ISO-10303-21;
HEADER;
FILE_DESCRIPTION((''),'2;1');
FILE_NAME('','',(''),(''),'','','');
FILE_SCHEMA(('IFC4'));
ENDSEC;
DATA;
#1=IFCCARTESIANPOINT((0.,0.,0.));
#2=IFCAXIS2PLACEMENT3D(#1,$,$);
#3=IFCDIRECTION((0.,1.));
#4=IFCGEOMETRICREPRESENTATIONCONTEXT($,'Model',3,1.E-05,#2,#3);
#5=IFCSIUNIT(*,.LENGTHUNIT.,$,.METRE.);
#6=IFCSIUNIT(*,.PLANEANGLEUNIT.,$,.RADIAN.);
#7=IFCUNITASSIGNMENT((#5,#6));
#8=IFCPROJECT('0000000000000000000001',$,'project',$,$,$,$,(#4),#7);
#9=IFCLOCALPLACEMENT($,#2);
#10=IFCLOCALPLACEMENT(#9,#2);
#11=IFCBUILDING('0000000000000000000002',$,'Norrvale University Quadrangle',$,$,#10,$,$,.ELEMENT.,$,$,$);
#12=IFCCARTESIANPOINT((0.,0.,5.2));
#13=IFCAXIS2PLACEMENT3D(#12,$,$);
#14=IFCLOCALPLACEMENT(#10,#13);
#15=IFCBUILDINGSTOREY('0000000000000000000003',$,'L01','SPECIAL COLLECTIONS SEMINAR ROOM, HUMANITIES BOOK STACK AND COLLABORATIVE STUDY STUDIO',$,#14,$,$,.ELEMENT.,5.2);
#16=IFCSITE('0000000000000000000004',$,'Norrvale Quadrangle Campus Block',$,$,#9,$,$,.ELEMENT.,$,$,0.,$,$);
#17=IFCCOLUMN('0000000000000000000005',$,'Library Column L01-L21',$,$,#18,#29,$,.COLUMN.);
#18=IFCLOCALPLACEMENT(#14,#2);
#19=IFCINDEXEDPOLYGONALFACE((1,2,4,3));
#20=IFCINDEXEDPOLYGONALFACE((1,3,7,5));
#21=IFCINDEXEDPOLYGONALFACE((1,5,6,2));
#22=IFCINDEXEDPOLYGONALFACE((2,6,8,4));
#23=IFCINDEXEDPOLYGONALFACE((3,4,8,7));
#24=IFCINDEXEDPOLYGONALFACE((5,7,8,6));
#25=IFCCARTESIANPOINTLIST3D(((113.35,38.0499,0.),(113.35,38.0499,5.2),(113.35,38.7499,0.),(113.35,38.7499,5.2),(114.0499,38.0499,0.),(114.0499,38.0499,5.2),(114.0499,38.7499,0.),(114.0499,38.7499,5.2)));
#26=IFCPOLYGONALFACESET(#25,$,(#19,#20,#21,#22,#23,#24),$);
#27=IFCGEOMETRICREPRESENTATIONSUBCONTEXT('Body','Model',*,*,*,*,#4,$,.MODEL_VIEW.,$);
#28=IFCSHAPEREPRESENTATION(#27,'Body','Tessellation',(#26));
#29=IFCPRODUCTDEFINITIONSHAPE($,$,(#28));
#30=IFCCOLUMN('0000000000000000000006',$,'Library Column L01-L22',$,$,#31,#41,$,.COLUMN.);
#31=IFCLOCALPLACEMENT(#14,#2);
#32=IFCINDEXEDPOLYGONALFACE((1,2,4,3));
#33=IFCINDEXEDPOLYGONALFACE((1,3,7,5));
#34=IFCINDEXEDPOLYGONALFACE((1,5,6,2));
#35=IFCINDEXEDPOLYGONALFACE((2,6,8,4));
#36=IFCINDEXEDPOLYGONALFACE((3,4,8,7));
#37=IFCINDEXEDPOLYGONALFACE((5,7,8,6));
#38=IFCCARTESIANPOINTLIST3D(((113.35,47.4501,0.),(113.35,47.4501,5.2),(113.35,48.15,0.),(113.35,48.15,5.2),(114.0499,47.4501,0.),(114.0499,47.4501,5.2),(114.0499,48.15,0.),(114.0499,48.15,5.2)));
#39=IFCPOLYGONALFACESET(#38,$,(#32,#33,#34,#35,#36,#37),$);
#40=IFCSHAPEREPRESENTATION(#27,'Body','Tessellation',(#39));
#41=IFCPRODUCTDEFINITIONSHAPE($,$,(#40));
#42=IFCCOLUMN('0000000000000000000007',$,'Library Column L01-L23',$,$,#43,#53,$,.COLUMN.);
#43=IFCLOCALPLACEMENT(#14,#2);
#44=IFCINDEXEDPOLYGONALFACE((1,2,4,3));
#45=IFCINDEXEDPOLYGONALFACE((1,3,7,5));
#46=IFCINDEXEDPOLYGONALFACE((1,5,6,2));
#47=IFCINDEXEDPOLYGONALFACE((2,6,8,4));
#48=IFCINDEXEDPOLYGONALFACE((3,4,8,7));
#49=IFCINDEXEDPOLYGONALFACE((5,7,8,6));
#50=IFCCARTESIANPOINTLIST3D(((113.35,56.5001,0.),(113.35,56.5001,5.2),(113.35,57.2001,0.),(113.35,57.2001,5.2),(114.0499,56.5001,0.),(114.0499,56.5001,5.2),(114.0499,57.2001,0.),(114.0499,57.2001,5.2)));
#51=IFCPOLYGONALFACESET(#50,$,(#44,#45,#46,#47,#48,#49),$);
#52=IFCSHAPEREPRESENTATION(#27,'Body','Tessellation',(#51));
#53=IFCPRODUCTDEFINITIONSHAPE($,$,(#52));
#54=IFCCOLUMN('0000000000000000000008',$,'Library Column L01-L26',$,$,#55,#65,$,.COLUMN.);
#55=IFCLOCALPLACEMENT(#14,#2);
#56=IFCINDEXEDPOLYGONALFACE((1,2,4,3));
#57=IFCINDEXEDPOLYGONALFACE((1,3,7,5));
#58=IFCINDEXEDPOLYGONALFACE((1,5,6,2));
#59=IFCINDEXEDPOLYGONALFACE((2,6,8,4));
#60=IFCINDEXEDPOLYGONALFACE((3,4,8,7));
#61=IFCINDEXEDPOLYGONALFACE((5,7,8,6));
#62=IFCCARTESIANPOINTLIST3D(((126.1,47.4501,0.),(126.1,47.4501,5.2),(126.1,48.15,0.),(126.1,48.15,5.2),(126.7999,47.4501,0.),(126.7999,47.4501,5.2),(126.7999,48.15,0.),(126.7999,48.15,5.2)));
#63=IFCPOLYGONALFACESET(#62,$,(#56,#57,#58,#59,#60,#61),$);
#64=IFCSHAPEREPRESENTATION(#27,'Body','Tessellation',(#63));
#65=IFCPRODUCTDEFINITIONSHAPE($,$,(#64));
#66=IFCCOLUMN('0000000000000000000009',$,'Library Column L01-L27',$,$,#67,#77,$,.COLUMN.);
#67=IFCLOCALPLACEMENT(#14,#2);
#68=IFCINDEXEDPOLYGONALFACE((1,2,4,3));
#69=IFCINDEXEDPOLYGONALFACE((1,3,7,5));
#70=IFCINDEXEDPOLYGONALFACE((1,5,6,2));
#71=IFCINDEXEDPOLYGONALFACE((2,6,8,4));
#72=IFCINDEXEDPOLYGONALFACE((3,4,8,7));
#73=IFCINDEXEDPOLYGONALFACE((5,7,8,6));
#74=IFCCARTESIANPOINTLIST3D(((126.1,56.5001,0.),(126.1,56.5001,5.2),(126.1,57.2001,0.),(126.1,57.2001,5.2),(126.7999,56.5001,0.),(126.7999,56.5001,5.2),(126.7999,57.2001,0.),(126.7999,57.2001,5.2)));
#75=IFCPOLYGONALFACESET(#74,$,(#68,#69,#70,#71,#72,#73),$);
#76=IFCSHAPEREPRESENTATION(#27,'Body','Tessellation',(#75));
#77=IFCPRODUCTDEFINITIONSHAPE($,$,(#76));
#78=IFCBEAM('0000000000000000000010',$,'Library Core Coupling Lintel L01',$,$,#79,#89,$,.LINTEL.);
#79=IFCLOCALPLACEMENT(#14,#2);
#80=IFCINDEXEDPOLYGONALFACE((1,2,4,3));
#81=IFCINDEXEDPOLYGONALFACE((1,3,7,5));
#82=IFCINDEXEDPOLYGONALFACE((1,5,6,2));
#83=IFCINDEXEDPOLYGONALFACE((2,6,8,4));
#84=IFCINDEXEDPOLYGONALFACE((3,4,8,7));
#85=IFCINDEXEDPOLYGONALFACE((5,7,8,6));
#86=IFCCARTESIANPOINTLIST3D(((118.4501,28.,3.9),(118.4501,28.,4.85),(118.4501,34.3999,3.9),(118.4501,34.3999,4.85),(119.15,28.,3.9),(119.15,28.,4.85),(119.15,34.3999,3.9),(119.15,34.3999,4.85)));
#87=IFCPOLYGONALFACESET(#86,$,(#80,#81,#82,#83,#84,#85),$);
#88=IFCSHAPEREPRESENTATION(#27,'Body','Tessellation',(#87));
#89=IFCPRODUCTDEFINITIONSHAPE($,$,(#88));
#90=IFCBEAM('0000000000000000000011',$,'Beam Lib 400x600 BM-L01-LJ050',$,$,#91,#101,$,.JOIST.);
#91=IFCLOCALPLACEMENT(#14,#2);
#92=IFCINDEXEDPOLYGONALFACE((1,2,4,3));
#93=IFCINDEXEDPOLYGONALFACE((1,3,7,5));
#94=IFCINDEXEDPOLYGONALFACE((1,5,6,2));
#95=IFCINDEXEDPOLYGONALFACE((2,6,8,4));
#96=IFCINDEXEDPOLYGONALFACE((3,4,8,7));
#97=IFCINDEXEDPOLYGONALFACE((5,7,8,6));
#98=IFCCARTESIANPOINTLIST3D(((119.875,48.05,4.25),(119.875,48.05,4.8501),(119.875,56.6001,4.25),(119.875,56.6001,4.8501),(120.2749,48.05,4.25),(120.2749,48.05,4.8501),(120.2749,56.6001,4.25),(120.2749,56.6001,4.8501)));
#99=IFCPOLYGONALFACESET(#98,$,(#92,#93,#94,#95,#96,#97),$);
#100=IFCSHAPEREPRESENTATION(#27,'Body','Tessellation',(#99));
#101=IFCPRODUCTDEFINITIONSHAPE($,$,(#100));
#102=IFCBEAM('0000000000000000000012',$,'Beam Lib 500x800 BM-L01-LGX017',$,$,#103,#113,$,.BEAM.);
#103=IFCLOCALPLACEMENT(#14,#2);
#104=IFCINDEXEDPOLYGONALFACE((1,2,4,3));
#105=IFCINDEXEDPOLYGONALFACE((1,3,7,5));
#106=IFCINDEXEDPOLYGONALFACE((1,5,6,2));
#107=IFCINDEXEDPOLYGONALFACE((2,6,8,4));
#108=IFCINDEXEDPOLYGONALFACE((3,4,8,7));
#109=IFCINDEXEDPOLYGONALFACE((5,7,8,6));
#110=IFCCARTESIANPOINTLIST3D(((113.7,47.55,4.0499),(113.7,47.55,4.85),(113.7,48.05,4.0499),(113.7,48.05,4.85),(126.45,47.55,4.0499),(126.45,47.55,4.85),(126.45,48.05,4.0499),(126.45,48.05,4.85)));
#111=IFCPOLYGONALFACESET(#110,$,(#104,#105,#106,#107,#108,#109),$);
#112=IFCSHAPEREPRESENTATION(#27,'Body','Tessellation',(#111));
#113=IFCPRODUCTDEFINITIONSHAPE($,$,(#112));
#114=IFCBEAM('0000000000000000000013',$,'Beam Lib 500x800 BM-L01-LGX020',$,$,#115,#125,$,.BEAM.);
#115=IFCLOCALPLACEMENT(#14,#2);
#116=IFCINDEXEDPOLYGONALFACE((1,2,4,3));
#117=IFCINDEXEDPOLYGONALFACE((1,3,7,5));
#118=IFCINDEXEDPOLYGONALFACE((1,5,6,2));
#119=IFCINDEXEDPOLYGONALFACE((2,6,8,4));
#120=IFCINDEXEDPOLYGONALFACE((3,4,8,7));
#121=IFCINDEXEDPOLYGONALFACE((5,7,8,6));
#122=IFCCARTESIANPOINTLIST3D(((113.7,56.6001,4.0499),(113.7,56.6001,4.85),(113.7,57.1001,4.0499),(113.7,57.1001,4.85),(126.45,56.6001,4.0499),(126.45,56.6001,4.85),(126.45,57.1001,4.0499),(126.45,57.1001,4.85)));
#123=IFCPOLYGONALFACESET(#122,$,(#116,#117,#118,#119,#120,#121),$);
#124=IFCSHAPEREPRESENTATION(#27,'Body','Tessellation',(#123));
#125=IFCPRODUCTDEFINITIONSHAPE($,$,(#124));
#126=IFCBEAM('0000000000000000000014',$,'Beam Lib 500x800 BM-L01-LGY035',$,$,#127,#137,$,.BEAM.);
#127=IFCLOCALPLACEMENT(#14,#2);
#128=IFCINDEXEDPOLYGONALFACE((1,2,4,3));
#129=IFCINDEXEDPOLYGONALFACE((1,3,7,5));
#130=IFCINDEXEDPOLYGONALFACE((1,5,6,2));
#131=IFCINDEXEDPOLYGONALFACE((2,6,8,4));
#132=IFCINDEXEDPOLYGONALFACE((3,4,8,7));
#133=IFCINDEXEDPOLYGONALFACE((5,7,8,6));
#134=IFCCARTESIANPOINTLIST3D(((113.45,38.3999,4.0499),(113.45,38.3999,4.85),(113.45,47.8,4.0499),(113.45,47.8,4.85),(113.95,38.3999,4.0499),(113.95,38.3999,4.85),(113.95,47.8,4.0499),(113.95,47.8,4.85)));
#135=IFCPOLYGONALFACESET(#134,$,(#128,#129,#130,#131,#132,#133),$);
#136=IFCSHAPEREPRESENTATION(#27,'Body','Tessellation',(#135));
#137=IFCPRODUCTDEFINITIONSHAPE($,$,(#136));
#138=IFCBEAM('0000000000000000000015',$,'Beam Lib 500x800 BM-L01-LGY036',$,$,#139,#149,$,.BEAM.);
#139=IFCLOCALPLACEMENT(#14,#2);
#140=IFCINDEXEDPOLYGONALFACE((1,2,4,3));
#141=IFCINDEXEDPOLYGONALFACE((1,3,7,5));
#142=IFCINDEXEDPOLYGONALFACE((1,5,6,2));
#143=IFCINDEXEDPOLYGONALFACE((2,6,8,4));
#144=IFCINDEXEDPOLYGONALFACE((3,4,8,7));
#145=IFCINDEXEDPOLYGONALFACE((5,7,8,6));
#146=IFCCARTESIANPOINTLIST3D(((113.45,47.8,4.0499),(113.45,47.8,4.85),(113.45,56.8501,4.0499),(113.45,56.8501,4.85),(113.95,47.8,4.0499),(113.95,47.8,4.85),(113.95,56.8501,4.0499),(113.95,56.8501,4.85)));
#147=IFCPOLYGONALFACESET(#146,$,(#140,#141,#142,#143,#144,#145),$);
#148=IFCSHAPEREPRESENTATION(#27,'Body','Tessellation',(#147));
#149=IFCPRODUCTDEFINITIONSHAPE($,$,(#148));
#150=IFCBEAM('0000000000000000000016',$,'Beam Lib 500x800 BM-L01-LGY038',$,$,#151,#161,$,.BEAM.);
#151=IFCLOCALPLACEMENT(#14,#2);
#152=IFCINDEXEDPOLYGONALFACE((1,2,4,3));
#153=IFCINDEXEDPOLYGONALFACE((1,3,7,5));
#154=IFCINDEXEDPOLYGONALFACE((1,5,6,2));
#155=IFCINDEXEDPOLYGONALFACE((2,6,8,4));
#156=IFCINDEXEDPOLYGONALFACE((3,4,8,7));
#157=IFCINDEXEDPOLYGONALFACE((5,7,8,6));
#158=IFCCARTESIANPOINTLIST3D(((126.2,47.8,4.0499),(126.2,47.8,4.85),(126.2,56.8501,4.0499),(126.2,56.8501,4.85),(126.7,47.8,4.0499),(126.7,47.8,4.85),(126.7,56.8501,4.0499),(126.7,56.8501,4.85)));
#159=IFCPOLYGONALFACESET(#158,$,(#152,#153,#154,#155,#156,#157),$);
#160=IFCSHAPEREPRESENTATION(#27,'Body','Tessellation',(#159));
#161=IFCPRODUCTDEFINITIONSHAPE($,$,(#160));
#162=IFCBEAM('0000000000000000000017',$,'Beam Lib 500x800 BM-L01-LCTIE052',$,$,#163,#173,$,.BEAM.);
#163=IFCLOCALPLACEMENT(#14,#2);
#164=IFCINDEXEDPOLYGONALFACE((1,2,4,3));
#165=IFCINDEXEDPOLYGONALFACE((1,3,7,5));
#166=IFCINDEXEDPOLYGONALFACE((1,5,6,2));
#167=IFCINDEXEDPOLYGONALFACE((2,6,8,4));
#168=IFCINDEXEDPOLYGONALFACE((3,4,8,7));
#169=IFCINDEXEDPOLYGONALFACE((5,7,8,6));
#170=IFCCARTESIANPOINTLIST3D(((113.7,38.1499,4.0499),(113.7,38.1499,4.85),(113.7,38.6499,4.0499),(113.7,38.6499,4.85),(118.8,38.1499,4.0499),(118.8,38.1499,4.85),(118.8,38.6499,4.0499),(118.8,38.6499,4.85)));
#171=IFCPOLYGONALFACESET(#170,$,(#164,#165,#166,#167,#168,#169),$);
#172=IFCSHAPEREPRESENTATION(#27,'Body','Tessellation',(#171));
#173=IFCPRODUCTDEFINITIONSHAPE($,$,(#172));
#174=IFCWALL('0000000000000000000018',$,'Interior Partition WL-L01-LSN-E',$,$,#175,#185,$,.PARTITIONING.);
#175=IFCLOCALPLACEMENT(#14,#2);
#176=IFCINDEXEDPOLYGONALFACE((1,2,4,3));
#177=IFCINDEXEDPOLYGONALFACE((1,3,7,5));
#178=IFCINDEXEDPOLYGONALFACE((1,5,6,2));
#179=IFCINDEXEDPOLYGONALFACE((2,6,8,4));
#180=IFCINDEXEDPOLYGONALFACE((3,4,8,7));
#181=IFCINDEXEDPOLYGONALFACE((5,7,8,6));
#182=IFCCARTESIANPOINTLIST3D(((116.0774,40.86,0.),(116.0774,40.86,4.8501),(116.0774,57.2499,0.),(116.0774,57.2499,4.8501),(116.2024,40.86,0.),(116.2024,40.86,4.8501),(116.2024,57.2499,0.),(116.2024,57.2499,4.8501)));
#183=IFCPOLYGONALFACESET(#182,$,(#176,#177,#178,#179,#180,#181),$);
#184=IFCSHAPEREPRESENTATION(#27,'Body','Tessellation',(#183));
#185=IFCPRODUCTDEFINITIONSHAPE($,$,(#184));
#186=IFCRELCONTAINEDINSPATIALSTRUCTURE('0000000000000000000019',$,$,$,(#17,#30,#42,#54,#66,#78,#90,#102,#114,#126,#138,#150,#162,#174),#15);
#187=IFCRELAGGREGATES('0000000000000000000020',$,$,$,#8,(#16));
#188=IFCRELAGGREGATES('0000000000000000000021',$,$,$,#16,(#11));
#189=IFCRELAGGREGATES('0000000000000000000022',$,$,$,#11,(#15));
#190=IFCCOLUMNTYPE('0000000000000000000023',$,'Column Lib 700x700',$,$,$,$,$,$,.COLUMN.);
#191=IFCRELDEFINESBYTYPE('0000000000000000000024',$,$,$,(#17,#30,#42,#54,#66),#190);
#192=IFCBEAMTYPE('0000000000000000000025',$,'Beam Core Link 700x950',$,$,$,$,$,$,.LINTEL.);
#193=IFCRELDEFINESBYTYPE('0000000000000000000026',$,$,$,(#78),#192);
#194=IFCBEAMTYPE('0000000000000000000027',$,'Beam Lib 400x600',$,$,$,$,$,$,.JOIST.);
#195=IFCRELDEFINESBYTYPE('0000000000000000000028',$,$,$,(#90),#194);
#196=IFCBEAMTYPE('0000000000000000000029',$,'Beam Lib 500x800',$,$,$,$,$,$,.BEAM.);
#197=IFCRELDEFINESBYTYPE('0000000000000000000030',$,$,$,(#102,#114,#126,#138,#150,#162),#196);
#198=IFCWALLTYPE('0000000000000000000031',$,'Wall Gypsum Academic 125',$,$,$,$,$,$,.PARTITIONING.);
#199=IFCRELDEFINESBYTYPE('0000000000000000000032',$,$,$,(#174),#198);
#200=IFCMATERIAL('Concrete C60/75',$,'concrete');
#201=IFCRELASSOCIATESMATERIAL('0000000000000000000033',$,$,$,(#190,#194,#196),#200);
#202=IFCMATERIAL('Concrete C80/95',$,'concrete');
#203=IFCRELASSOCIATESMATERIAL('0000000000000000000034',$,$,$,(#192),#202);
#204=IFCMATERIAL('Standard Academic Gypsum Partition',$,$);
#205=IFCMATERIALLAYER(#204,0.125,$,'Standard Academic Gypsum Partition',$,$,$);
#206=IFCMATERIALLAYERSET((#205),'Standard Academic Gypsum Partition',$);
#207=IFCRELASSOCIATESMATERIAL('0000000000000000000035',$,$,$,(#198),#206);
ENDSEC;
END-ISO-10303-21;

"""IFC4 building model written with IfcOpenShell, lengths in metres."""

from ifc_helpers import new_model, si_unit, direction, frame, frame_2d, origin, origin_2d, place, context, subcontext, project, spatial, rectangle, extrude, material, layer, layer_set, material_profile, profile_set, type_object, element, save


model = new_model("IFC4")

# Units and contexts
model_context = context("Model", 3, precision=1e-05, world=origin(), true_north=direction((0.0, 1.0)))
body_context = subcontext(model_context, "Body", "Model", "MODEL_VIEW")
ifc_project = project(units=[si_unit("LENGTHUNIT", "METRE"), si_unit("PLANEANGLEUNIT", "RADIAN")], contexts=[model_context])

# Site, building, storey
site_placement = place(None, origin())
site = spatial("IfcSite", under=ifc_project, at=site_placement, Name="Norrvale Quadrangle Campus Block", CompositionType="ELEMENT", RefElevation=0.0)
building_placement = place(site_placement, origin())
building = spatial("IfcBuilding", under=site, at=building_placement, Name="Norrvale University Quadrangle", CompositionType="ELEMENT")
storey_placement = place(building_placement, frame((0.0, 0.0, 5.2)))
storey = spatial("IfcBuildingStorey", under=building, at=storey_placement, Name="L01", Description="SPECIAL COLLECTIONS SEMINAR ROOM, HUMANITIES BOOK STACK AND COLLABORATIVE STUDY STUDIO", CompositionType="ELEMENT", Elevation=5.2)

# Columns
ifc_material_1 = material(Name="Concrete C60/75", Category="concrete")
ifc_material_profile_1 = material_profile(ifc_material_1, rectangle(XDim=0.7, YDim=0.7, at=origin_2d()), Name="Concrete C60/75")
ifc_profile_set_1 = profile_set([ifc_material_profile_1], Name="Concrete C60/75")
column_type = type_object("IfcColumnType", Name="Column Lib 700x700", PredefinedType="COLUMN", material=ifc_profile_set_1)
for number, where, z_axis, x_axis, name in (
    (1, (113.7, 38.3999, 0.0), (0.0, 0.0, 1.0), (1.0, 0.0, 0.0), "Library Column L01-L21"),
    (2, (113.7, 47.8, 0.0), (0.0, 0.0, 1.0), (1.0, 0.0, 0.0), "Library Column L01-L22"),
    (3, (113.7, 56.8501, 0.0), (0.0, 0.0, 1.0), (1.0, 0.0, 0.0), "Library Column L01-L23"),
    (4, (126.45, 47.8, 0.0), (0.0, 0.0, 1.0), (1.0, 0.0, 0.0), "Library Column L01-L26"),
    (5, (126.45, 56.8501, 0.0), (0.0, 0.0, 1.0), (1.0, 0.0, 0.0), "Library Column L01-L27"),
):
    element("IfcColumn", number, at=place(storey_placement, frame(where, z_axis=z_axis, x_axis=x_axis)), inside=storey, type_object=column_type, Name=name, PredefinedType="COLUMN", context=body_context, shape_type="SweptSolid", body=[
        extrude(rectangle(XDim=0.7, YDim=0.7, at=origin_2d()), origin(), (0.0, 0.0, 1.0), 5.2),
    ])

# Beams
ifc_material_2 = material(Name="Concrete C80/95", Category="concrete")
ifc_material_profile_2 = material_profile(ifc_material_2, rectangle(XDim=0.7, YDim=0.95, at=origin_2d()), Name="Concrete C80/95")
ifc_profile_set_2 = profile_set([ifc_material_profile_2], Name="Concrete C80/95")
beam_type_1 = type_object("IfcBeamType", Name="Beam Core Link 700x950", PredefinedType="LINTEL", material=ifc_profile_set_2)
beam_1_placement = place(storey_placement, frame((118.8, 28.0, 4.375), z_axis=(0.0, 1.0, 0.0), x_axis=(-1.0, 0.0, 0.0)))
element("IfcBeam", 6, at=beam_1_placement, inside=storey, type_object=beam_type_1, Name="Library Core Coupling Lintel L01", PredefinedType="LINTEL", context=body_context, shape_type="SweptSolid", body=[
    extrude(rectangle(XDim=0.7, YDim=0.95, at=origin_2d()), origin(), (0.0, 0.0, 1.0), 6.3999),
])
ifc_material_profile_3 = material_profile(ifc_material_1, rectangle(XDim=0.3999, YDim=0.6001, at=origin_2d()), Name="Concrete C60/75")
ifc_profile_set_3 = profile_set([ifc_material_profile_3], Name="Concrete C60/75")
beam_type_2 = type_object("IfcBeamType", Name="Beam Lib 400x600", PredefinedType="JOIST", material=ifc_profile_set_3)
beam_2_placement = place(storey_placement, frame((120.075, 48.05, 4.55), z_axis=(0.0, 1.0, 0.0), x_axis=(-1.0, 0.0, 0.0)))
element("IfcBeam", 7, at=beam_2_placement, inside=storey, type_object=beam_type_2, Name="Beam Lib 400x600 BM-L01-LJ050", PredefinedType="JOIST", context=body_context, shape_type="SweptSolid", body=[
    extrude(rectangle(XDim=0.3999, YDim=0.6001, at=origin_2d()), origin(), (0.0, 0.0, 1.0), 8.55),
])
ifc_material_profile_4 = material_profile(ifc_material_1, rectangle(XDim=0.5, YDim=0.8, at=origin_2d()), Name="Concrete C60/75")
ifc_profile_set_4 = profile_set([ifc_material_profile_4], Name="Concrete C60/75")
beam_type_3 = type_object("IfcBeamType", Name="Beam Lib 500x800", PredefinedType="BEAM", material=ifc_profile_set_4)
for number, where, z_axis, x_axis, name in (
    (8, (113.7, 47.8, 4.45), (1.0, 0.0, 0.0), (0.0, 1.0, 0.0), "Beam Lib 500x800 BM-L01-LGX017"),
    (9, (113.7, 56.8501, 4.45), (1.0, 0.0, 0.0), (0.0, 1.0, 0.0), "Beam Lib 500x800 BM-L01-LGX020"),
):
    element("IfcBeam", number, at=place(storey_placement, frame(where, z_axis=z_axis, x_axis=x_axis)), inside=storey, type_object=beam_type_3, Name=name, PredefinedType="BEAM", context=body_context, shape_type="SweptSolid", body=[
        extrude(rectangle(XDim=0.5, YDim=0.8, at=origin_2d()), origin(), (0.0, 0.0, 1.0), 12.75),
    ])
beam_3_placement = place(storey_placement, frame((113.7, 38.3999, 4.45), z_axis=(0.0, 1.0, 0.0), x_axis=(-1.0, 0.0, 0.0)))
element("IfcBeam", 10, at=beam_3_placement, inside=storey, type_object=beam_type_3, Name="Beam Lib 500x800 BM-L01-LGY035", PredefinedType="BEAM", context=body_context, shape_type="SweptSolid", body=[
    extrude(rectangle(XDim=0.5, YDim=0.8, at=origin_2d()), origin(), (0.0, 0.0, 1.0), 9.4001),
])
for number, where, z_axis, x_axis, name in (
    (11, (113.7, 47.8, 4.45), (0.0, 1.0, 0.0), (-1.0, 0.0, 0.0), "Beam Lib 500x800 BM-L01-LGY036"),
    (12, (126.45, 47.8, 4.45), (0.0, 1.0, 0.0), (-1.0, 0.0, 0.0), "Beam Lib 500x800 BM-L01-LGY038"),
):
    element("IfcBeam", number, at=place(storey_placement, frame(where, z_axis=z_axis, x_axis=x_axis)), inside=storey, type_object=beam_type_3, Name=name, PredefinedType="BEAM", context=body_context, shape_type="SweptSolid", body=[
        extrude(rectangle(XDim=0.5, YDim=0.8, at=origin_2d()), origin(), (0.0, 0.0, 1.0), 9.05),
    ])
beam_4_placement = place(storey_placement, frame((113.7, 38.3999, 4.45), z_axis=(1.0, 0.0, 0.0), x_axis=(0.0, 1.0, 0.0)))
element("IfcBeam", 13, at=beam_4_placement, inside=storey, type_object=beam_type_3, Name="Beam Lib 500x800 BM-L01-LCTIE052", PredefinedType="BEAM", context=body_context, shape_type="SweptSolid", body=[
    extrude(rectangle(XDim=0.5, YDim=0.8, at=origin_2d()), origin(), (0.0, 0.0, 1.0), 5.1001),
])

# Wall
ifc_material_3 = material(Name="Standard Academic Gypsum Partition")
ifc_layer_1 = layer(ifc_material_3, 0.125, Name="Standard Academic Gypsum Partition")
ifc_layer_set_1 = layer_set([ifc_layer_1], Name="Standard Academic Gypsum Partition")
wall_type_1 = type_object("IfcWallType", Name="Wall Gypsum Academic 125", PredefinedType="PARTITIONING", material=ifc_layer_set_1)
wall_1_placement = place(storey_placement, frame((116.1399, 40.8601, 0.0), z_axis=(0.0, 0.0, 1.0), x_axis=(0.0, 1.0, 0.0)))
element("IfcWall", 14, at=wall_1_placement, inside=storey, type_object=wall_type_1, Name="Interior Partition WL-L01-LSN-E", PredefinedType="PARTITIONING", context=body_context, shape_type="SweptSolid", body=[
    extrude(rectangle(XDim=16.3899, YDim=0.125, at=frame_2d((8.1948, 0.0))), origin(), (0.0, 0.0, 1.0), 4.8501),
])

save(model, "model.ifc")
